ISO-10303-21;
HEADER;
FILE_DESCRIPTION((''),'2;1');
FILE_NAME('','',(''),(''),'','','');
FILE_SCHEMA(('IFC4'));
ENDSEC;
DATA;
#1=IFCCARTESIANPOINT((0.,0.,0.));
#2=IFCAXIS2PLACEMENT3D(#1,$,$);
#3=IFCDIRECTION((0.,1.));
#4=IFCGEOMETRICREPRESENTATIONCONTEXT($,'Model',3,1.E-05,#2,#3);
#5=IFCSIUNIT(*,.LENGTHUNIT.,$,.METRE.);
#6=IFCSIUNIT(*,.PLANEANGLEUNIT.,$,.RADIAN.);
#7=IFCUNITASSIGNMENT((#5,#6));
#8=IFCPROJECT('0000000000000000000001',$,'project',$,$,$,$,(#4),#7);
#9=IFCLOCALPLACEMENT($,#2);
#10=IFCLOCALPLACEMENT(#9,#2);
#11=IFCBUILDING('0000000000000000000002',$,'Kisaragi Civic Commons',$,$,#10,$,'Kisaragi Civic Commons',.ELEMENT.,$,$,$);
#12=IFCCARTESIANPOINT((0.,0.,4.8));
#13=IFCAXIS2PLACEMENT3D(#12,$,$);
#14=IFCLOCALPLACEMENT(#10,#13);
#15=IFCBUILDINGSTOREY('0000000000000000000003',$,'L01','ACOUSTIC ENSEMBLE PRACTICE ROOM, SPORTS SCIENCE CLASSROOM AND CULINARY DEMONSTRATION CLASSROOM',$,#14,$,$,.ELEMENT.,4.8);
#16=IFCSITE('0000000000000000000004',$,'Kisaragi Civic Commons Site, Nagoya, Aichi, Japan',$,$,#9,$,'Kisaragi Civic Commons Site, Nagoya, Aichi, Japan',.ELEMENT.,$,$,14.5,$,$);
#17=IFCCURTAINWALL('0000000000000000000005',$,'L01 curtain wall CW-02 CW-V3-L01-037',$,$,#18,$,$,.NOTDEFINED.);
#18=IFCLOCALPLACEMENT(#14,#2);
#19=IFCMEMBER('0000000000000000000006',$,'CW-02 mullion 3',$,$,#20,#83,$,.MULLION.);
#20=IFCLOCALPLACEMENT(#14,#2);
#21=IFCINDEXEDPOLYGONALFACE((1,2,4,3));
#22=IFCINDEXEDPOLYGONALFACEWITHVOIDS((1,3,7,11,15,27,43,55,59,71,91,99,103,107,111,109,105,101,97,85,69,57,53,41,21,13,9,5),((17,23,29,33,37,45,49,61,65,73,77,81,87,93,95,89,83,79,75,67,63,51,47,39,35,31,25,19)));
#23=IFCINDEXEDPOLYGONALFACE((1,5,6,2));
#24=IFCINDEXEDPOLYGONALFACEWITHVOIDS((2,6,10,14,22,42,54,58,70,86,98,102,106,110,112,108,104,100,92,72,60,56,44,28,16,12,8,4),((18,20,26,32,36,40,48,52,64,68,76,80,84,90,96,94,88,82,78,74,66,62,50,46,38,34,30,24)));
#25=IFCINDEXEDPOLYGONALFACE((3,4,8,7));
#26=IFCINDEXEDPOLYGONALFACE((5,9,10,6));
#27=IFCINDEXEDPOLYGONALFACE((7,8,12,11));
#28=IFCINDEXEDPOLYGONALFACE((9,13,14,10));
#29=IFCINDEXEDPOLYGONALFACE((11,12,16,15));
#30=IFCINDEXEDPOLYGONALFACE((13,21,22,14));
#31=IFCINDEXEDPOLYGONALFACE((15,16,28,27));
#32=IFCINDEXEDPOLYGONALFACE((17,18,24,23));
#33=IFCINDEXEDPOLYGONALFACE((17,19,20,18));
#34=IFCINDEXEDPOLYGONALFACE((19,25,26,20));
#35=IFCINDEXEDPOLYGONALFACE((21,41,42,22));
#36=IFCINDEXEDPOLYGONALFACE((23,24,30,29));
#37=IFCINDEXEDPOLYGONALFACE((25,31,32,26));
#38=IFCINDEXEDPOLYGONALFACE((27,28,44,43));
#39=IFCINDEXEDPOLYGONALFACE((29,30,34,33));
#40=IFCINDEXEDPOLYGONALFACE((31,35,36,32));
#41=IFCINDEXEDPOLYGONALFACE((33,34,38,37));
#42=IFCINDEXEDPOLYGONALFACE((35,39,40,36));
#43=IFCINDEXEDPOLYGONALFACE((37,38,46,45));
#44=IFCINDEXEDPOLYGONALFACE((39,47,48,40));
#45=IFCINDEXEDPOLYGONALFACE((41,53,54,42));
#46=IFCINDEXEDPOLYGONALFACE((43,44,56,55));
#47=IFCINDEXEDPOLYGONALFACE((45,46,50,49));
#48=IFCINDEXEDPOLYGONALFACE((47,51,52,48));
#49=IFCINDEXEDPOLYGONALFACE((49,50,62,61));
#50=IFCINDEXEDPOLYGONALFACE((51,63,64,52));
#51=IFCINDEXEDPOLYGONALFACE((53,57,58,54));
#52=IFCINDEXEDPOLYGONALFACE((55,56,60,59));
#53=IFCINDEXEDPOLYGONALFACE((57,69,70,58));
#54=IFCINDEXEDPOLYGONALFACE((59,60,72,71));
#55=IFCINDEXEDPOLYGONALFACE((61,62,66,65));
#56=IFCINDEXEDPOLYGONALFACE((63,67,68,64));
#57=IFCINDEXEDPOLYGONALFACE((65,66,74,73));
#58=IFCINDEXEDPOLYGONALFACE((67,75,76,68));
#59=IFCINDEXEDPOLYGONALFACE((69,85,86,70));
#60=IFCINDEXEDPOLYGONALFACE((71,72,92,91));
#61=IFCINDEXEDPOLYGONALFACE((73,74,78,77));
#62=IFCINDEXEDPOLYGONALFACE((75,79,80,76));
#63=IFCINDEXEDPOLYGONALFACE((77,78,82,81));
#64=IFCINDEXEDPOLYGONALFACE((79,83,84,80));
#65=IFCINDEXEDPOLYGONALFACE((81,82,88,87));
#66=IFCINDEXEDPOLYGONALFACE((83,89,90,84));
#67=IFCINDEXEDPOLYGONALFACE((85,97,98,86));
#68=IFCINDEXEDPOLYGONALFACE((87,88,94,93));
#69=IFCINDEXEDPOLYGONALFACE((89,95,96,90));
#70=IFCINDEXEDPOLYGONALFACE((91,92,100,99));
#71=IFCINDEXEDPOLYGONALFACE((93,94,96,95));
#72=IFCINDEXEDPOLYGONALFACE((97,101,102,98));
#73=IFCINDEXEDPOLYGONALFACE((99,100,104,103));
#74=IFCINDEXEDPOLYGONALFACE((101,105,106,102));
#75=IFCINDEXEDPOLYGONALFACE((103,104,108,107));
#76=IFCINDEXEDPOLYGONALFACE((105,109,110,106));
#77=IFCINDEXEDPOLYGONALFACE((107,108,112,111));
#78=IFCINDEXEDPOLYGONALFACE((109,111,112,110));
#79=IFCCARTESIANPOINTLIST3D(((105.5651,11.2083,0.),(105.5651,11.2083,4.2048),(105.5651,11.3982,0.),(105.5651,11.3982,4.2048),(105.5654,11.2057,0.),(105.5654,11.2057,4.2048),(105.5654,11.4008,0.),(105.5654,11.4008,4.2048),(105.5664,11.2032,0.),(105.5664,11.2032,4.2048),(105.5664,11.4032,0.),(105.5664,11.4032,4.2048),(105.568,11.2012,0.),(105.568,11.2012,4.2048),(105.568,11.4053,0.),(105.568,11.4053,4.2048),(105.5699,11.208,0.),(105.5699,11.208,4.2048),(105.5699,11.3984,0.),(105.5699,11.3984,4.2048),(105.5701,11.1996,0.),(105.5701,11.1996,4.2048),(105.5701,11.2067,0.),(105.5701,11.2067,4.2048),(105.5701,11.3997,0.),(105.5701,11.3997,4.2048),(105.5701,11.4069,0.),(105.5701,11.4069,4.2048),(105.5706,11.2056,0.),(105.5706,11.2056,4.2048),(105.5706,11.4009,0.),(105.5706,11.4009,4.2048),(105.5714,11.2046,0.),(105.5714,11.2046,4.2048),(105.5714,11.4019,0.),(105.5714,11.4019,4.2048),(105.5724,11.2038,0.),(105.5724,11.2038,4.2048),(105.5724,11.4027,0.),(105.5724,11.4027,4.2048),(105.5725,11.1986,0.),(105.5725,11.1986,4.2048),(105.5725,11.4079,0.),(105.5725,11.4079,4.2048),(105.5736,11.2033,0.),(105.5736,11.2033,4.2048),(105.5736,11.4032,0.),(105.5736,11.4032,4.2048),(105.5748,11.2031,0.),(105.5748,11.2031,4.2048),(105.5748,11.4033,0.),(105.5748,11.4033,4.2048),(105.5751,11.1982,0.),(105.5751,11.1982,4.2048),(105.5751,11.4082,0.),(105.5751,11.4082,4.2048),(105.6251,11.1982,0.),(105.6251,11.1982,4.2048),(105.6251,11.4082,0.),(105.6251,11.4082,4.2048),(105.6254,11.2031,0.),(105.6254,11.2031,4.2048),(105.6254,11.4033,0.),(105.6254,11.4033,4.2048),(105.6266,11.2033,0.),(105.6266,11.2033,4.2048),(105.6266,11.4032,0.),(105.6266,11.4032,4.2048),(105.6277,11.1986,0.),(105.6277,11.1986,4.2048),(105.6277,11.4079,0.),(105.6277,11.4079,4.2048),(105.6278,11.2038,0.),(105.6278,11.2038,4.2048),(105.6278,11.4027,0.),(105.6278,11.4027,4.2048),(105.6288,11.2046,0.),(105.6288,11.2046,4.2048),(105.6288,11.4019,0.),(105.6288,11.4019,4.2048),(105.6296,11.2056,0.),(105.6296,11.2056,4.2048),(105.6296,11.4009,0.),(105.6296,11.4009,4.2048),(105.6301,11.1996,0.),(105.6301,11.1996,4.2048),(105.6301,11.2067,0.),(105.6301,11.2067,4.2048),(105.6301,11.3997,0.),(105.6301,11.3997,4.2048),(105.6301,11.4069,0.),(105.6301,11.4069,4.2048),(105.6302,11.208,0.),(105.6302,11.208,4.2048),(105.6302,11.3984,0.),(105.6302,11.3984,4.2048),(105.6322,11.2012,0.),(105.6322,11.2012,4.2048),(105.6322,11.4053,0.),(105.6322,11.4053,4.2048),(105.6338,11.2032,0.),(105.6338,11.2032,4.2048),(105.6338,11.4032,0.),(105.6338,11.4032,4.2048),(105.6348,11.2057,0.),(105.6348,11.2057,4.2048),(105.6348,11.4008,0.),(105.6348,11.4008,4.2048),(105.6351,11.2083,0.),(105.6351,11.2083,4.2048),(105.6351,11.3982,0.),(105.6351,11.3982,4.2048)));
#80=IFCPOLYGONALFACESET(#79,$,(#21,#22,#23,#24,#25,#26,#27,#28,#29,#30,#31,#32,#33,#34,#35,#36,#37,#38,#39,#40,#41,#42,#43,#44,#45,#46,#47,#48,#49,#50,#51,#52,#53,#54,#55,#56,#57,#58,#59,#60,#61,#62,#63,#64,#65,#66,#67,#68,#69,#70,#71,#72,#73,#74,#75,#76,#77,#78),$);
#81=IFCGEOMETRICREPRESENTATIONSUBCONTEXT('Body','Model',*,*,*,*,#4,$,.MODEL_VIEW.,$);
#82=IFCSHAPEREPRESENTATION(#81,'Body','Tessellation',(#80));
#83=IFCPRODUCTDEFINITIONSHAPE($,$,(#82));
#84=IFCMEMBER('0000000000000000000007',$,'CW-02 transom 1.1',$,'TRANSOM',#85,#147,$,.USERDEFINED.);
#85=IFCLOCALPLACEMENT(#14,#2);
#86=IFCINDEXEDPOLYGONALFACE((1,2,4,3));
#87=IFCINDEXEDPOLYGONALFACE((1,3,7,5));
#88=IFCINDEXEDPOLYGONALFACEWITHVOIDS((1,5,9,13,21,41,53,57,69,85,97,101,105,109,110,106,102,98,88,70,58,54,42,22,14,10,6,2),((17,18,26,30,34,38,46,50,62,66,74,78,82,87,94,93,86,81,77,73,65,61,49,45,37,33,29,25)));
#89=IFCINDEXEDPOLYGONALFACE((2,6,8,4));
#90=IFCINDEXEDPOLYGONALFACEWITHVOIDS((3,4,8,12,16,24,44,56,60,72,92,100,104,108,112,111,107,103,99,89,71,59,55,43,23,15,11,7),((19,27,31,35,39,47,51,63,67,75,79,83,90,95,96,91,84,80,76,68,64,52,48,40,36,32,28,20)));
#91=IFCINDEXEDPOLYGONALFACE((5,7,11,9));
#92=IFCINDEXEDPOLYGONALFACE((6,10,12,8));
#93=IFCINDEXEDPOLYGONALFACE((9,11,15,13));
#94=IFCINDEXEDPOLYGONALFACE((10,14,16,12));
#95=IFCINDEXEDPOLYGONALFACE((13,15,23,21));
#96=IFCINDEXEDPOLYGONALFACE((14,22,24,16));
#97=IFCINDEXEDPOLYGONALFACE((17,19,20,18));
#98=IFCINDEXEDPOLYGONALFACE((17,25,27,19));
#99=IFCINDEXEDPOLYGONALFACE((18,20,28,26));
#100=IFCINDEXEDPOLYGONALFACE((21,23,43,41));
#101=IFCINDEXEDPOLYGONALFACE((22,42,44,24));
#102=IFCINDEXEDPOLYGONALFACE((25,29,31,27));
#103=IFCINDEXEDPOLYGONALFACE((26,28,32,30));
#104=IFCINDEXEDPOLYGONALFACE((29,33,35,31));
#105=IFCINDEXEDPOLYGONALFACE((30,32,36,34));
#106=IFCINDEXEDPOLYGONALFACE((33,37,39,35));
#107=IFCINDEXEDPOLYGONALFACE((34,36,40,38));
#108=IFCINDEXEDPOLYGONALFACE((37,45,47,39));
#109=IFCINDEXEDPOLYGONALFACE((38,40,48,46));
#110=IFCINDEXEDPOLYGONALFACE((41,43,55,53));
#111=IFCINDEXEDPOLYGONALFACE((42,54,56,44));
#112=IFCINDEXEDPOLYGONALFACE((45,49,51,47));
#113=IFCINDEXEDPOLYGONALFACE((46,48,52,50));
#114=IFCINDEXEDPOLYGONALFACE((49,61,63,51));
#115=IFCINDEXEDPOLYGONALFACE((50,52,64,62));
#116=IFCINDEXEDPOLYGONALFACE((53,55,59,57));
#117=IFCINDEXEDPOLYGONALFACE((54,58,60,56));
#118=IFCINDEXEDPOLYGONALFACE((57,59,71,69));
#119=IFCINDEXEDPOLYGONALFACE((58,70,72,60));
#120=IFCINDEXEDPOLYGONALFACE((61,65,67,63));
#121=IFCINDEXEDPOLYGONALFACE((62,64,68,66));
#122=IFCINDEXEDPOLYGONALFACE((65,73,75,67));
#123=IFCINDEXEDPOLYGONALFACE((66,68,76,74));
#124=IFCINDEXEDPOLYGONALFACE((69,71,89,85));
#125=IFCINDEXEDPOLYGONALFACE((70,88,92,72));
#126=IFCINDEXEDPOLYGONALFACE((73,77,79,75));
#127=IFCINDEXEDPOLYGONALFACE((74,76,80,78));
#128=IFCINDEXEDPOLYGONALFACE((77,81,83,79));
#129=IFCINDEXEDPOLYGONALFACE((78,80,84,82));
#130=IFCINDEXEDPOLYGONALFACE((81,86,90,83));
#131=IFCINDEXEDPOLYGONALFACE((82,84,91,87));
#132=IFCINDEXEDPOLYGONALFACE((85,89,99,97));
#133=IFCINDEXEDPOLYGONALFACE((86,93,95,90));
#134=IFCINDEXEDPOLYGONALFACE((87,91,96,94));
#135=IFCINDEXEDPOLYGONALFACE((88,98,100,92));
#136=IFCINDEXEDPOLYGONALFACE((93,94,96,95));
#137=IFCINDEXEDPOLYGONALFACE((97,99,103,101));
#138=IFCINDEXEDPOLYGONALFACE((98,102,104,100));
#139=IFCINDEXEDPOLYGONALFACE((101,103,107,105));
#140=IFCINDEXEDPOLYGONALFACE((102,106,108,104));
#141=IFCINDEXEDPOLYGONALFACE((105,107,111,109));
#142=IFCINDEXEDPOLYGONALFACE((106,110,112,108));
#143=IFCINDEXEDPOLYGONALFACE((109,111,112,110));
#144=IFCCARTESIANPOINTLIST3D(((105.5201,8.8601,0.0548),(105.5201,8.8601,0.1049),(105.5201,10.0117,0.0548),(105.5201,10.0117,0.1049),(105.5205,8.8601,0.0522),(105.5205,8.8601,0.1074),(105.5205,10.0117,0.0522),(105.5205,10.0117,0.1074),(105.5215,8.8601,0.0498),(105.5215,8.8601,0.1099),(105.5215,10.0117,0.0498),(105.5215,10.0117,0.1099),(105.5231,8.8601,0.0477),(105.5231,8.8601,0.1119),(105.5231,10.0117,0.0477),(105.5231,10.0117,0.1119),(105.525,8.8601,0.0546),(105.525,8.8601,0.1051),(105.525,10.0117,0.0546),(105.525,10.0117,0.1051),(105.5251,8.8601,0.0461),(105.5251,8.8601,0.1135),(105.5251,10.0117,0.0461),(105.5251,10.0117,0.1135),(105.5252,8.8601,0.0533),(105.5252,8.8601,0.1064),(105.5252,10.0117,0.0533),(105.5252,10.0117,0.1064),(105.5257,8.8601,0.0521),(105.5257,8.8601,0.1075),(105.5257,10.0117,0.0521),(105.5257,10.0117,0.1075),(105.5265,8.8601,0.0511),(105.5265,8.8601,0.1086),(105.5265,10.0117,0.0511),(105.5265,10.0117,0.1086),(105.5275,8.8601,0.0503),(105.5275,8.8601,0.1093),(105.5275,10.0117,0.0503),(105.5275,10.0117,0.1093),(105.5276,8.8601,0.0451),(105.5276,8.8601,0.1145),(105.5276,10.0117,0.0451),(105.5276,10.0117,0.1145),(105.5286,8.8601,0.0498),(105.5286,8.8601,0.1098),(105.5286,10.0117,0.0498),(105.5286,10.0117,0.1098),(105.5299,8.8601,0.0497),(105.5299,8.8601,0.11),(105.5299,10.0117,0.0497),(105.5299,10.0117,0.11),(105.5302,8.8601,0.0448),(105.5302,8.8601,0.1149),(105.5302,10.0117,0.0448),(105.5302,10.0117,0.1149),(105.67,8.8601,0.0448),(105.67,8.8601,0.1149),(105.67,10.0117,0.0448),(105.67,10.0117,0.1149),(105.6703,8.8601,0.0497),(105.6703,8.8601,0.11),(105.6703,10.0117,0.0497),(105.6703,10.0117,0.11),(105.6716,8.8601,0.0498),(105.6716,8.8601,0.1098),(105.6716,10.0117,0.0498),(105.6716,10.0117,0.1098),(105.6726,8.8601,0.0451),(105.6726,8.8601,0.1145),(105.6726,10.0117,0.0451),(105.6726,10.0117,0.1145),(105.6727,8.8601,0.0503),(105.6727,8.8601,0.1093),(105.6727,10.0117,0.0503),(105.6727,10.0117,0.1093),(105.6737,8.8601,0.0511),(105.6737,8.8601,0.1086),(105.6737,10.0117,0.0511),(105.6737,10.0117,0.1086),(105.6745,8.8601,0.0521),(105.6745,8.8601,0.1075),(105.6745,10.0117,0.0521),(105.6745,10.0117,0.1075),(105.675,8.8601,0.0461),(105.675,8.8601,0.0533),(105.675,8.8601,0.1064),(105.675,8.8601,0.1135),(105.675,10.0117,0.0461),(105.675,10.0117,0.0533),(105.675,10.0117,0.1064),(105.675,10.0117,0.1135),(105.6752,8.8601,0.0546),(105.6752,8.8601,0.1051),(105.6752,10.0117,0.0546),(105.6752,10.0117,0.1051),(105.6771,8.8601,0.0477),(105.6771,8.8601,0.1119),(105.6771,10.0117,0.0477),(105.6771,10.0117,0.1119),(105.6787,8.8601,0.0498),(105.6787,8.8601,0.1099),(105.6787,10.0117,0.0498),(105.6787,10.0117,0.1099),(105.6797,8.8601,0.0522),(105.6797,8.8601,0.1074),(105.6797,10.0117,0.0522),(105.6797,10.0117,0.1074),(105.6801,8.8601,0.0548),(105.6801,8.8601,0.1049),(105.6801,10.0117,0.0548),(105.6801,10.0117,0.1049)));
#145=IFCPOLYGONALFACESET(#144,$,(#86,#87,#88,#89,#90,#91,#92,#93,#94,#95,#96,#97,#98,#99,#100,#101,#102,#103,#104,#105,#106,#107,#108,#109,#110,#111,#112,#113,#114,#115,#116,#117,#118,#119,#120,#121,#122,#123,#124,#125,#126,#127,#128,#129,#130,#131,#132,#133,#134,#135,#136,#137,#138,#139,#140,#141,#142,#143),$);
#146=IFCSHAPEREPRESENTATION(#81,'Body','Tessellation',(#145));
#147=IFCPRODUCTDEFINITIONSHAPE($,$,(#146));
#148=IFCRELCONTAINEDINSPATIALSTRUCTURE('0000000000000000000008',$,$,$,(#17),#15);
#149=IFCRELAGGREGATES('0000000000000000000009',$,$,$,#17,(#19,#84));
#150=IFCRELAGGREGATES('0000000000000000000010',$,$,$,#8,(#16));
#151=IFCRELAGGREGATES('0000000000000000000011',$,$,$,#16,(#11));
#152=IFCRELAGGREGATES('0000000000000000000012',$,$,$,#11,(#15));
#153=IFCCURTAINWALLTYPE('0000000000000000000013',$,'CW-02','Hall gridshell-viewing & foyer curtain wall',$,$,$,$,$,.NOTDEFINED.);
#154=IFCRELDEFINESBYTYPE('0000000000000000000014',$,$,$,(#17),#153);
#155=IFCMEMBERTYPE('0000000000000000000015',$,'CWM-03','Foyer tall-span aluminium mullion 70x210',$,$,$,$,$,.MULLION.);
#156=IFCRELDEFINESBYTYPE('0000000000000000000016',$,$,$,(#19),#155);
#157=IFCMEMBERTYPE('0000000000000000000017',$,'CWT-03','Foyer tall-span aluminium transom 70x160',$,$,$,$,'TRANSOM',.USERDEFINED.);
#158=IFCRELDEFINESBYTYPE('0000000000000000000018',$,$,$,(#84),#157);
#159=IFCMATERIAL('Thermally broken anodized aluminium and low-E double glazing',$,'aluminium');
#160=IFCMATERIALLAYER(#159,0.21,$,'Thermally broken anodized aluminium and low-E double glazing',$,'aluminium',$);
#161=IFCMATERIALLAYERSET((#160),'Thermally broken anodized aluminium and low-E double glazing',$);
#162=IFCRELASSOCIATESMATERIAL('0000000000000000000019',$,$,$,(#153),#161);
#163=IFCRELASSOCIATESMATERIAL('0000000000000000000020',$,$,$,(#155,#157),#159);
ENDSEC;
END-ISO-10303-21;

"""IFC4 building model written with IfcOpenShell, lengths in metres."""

from ifc_helpers import new_model, si_unit, direction, frame, origin, origin_2d, place, context, subcontext, project, spatial, hollow_rectangle, extrude, material, layer, layer_set, material_profile, profile_set, type_object, element, aggregate, save


model = new_model("IFC4")

# Units and contexts
model_context = context("Model", 3, precision=1e-05, world=origin(), true_north=direction((0.0, 1.0)))
body_context = subcontext(model_context, "Body", "Model", "MODEL_VIEW")
ifc_project = project(units=[si_unit("LENGTHUNIT", "METRE"), si_unit("PLANEANGLEUNIT", "RADIAN")], contexts=[model_context])

# Site, building, storey
site_placement = place(None, origin())
site = spatial("IfcSite", under=ifc_project, at=site_placement, Name="Kisaragi Civic Commons Site, Nagoya, Aichi, Japan", LongName="Kisaragi Civic Commons Site, Nagoya, Aichi, Japan", CompositionType="ELEMENT", RefElevation=14.5)
building_placement = place(site_placement, origin())
building = spatial("IfcBuilding", under=site, at=building_placement, Name="Kisaragi Civic Commons", LongName="Kisaragi Civic Commons", CompositionType="ELEMENT")
storey_placement = place(building_placement, frame((0.0, 0.0, 4.8)))
storey = spatial("IfcBuildingStorey", under=building, at=storey_placement, Name="L01", Description="ACOUSTIC ENSEMBLE PRACTICE ROOM, SPORTS SCIENCE CLASSROOM AND CULINARY DEMONSTRATION CLASSROOM", CompositionType="ELEMENT", Elevation=4.8)

# Curtain wall, members
ifc_material = material(Name="Thermally broken anodized aluminium and low-E double glazing", Category="aluminium")
ifc_layer_1 = layer(ifc_material, 0.21, Name="Thermally broken anodized aluminium and low-E double glazing", Category="aluminium")
ifc_layer_set_1 = layer_set([ifc_layer_1], Name="Thermally broken anodized aluminium and low-E double glazing")
curtain_wall_type = type_object("IfcCurtainWallType", Name="CW-02", Description="Hall gridshell-viewing & foyer curtain wall", PredefinedType="NOTDEFINED", material=ifc_layer_set_1)
curtain_wall_placement = place(storey_placement, origin())
curtain_wall = element("IfcCurtainWall", 1, at=curtain_wall_placement, inside=storey, type_object=curtain_wall_type, Name="L01 curtain wall CW-02 CW-V3-L01-037", PredefinedType="NOTDEFINED")
ifc_material_profile_1 = material_profile(ifc_material, hollow_rectangle(XDim=0.0701, YDim=0.21, WallThickness=0.0049, InnerFilletRadius=0.0049, OuterFilletRadius=0.01, at=origin_2d()), Name="CWM-70x210x5", Category="aluminium")
ifc_profile_set_1 = profile_set([ifc_material_profile_1], Name="Thermally broken anodized aluminium and low-E double glazing")
member_type_1 = type_object("IfcMemberType", Name="CWM-03", Description="Foyer tall-span aluminium mullion 70x210", PredefinedType="MULLION", material=ifc_profile_set_1)
member_1_placement = place(storey_placement, frame((105.6001, 11.3032, 0.0), z_axis=(0.0, 0.0, 1.0), x_axis=(-1.0, 0.0, 0.0)))
member_1 = element("IfcMember", 2, at=member_1_placement, type_object=member_type_1, Name="CW-02 mullion 3", PredefinedType="MULLION", context=body_context, shape_type="SweptSolid", body=[
    extrude(hollow_rectangle(XDim=0.0701, YDim=0.21, WallThickness=0.0049, InnerFilletRadius=0.0049, OuterFilletRadius=0.01, at=origin_2d()), origin(), (0.0, 0.0, 1.0), 4.2048),
])
ifc_material_profile_2 = material_profile(ifc_material, hollow_rectangle(XDim=0.1599, YDim=0.0701, WallThickness=0.0049, InnerFilletRadius=0.0049, OuterFilletRadius=0.01, at=origin_2d()), Name="CWT-70x160x5", Category="aluminium")
ifc_profile_set_2 = profile_set([ifc_material_profile_2], Name="Thermally broken anodized aluminium and low-E double glazing")
member_type_2 = type_object("IfcMemberType", Name="CWT-03", Description="Foyer tall-span aluminium transom 70x160", ElementType="TRANSOM", PredefinedType="USERDEFINED", material=ifc_profile_set_2)
member_2_placement = place(storey_placement, frame((105.6001, 8.8601, 0.0798), z_axis=(0.0, 1.0, 0.0), x_axis=(-1.0, 0.0, 0.0)))
member_2 = element("IfcMember", 3, at=member_2_placement, type_object=member_type_2, Name="CW-02 transom 1.1", ObjectType="TRANSOM", PredefinedType="USERDEFINED", context=body_context, shape_type="SweptSolid", body=[
    extrude(hollow_rectangle(XDim=0.1599, YDim=0.0701, WallThickness=0.0049, InnerFilletRadius=0.0049, OuterFilletRadius=0.01, at=origin_2d()), origin(), (0.0, 0.0, 1.0), 1.1516),
])
aggregate(curtain_wall, [member_1, member_2])

save(model, "model.ifc")
